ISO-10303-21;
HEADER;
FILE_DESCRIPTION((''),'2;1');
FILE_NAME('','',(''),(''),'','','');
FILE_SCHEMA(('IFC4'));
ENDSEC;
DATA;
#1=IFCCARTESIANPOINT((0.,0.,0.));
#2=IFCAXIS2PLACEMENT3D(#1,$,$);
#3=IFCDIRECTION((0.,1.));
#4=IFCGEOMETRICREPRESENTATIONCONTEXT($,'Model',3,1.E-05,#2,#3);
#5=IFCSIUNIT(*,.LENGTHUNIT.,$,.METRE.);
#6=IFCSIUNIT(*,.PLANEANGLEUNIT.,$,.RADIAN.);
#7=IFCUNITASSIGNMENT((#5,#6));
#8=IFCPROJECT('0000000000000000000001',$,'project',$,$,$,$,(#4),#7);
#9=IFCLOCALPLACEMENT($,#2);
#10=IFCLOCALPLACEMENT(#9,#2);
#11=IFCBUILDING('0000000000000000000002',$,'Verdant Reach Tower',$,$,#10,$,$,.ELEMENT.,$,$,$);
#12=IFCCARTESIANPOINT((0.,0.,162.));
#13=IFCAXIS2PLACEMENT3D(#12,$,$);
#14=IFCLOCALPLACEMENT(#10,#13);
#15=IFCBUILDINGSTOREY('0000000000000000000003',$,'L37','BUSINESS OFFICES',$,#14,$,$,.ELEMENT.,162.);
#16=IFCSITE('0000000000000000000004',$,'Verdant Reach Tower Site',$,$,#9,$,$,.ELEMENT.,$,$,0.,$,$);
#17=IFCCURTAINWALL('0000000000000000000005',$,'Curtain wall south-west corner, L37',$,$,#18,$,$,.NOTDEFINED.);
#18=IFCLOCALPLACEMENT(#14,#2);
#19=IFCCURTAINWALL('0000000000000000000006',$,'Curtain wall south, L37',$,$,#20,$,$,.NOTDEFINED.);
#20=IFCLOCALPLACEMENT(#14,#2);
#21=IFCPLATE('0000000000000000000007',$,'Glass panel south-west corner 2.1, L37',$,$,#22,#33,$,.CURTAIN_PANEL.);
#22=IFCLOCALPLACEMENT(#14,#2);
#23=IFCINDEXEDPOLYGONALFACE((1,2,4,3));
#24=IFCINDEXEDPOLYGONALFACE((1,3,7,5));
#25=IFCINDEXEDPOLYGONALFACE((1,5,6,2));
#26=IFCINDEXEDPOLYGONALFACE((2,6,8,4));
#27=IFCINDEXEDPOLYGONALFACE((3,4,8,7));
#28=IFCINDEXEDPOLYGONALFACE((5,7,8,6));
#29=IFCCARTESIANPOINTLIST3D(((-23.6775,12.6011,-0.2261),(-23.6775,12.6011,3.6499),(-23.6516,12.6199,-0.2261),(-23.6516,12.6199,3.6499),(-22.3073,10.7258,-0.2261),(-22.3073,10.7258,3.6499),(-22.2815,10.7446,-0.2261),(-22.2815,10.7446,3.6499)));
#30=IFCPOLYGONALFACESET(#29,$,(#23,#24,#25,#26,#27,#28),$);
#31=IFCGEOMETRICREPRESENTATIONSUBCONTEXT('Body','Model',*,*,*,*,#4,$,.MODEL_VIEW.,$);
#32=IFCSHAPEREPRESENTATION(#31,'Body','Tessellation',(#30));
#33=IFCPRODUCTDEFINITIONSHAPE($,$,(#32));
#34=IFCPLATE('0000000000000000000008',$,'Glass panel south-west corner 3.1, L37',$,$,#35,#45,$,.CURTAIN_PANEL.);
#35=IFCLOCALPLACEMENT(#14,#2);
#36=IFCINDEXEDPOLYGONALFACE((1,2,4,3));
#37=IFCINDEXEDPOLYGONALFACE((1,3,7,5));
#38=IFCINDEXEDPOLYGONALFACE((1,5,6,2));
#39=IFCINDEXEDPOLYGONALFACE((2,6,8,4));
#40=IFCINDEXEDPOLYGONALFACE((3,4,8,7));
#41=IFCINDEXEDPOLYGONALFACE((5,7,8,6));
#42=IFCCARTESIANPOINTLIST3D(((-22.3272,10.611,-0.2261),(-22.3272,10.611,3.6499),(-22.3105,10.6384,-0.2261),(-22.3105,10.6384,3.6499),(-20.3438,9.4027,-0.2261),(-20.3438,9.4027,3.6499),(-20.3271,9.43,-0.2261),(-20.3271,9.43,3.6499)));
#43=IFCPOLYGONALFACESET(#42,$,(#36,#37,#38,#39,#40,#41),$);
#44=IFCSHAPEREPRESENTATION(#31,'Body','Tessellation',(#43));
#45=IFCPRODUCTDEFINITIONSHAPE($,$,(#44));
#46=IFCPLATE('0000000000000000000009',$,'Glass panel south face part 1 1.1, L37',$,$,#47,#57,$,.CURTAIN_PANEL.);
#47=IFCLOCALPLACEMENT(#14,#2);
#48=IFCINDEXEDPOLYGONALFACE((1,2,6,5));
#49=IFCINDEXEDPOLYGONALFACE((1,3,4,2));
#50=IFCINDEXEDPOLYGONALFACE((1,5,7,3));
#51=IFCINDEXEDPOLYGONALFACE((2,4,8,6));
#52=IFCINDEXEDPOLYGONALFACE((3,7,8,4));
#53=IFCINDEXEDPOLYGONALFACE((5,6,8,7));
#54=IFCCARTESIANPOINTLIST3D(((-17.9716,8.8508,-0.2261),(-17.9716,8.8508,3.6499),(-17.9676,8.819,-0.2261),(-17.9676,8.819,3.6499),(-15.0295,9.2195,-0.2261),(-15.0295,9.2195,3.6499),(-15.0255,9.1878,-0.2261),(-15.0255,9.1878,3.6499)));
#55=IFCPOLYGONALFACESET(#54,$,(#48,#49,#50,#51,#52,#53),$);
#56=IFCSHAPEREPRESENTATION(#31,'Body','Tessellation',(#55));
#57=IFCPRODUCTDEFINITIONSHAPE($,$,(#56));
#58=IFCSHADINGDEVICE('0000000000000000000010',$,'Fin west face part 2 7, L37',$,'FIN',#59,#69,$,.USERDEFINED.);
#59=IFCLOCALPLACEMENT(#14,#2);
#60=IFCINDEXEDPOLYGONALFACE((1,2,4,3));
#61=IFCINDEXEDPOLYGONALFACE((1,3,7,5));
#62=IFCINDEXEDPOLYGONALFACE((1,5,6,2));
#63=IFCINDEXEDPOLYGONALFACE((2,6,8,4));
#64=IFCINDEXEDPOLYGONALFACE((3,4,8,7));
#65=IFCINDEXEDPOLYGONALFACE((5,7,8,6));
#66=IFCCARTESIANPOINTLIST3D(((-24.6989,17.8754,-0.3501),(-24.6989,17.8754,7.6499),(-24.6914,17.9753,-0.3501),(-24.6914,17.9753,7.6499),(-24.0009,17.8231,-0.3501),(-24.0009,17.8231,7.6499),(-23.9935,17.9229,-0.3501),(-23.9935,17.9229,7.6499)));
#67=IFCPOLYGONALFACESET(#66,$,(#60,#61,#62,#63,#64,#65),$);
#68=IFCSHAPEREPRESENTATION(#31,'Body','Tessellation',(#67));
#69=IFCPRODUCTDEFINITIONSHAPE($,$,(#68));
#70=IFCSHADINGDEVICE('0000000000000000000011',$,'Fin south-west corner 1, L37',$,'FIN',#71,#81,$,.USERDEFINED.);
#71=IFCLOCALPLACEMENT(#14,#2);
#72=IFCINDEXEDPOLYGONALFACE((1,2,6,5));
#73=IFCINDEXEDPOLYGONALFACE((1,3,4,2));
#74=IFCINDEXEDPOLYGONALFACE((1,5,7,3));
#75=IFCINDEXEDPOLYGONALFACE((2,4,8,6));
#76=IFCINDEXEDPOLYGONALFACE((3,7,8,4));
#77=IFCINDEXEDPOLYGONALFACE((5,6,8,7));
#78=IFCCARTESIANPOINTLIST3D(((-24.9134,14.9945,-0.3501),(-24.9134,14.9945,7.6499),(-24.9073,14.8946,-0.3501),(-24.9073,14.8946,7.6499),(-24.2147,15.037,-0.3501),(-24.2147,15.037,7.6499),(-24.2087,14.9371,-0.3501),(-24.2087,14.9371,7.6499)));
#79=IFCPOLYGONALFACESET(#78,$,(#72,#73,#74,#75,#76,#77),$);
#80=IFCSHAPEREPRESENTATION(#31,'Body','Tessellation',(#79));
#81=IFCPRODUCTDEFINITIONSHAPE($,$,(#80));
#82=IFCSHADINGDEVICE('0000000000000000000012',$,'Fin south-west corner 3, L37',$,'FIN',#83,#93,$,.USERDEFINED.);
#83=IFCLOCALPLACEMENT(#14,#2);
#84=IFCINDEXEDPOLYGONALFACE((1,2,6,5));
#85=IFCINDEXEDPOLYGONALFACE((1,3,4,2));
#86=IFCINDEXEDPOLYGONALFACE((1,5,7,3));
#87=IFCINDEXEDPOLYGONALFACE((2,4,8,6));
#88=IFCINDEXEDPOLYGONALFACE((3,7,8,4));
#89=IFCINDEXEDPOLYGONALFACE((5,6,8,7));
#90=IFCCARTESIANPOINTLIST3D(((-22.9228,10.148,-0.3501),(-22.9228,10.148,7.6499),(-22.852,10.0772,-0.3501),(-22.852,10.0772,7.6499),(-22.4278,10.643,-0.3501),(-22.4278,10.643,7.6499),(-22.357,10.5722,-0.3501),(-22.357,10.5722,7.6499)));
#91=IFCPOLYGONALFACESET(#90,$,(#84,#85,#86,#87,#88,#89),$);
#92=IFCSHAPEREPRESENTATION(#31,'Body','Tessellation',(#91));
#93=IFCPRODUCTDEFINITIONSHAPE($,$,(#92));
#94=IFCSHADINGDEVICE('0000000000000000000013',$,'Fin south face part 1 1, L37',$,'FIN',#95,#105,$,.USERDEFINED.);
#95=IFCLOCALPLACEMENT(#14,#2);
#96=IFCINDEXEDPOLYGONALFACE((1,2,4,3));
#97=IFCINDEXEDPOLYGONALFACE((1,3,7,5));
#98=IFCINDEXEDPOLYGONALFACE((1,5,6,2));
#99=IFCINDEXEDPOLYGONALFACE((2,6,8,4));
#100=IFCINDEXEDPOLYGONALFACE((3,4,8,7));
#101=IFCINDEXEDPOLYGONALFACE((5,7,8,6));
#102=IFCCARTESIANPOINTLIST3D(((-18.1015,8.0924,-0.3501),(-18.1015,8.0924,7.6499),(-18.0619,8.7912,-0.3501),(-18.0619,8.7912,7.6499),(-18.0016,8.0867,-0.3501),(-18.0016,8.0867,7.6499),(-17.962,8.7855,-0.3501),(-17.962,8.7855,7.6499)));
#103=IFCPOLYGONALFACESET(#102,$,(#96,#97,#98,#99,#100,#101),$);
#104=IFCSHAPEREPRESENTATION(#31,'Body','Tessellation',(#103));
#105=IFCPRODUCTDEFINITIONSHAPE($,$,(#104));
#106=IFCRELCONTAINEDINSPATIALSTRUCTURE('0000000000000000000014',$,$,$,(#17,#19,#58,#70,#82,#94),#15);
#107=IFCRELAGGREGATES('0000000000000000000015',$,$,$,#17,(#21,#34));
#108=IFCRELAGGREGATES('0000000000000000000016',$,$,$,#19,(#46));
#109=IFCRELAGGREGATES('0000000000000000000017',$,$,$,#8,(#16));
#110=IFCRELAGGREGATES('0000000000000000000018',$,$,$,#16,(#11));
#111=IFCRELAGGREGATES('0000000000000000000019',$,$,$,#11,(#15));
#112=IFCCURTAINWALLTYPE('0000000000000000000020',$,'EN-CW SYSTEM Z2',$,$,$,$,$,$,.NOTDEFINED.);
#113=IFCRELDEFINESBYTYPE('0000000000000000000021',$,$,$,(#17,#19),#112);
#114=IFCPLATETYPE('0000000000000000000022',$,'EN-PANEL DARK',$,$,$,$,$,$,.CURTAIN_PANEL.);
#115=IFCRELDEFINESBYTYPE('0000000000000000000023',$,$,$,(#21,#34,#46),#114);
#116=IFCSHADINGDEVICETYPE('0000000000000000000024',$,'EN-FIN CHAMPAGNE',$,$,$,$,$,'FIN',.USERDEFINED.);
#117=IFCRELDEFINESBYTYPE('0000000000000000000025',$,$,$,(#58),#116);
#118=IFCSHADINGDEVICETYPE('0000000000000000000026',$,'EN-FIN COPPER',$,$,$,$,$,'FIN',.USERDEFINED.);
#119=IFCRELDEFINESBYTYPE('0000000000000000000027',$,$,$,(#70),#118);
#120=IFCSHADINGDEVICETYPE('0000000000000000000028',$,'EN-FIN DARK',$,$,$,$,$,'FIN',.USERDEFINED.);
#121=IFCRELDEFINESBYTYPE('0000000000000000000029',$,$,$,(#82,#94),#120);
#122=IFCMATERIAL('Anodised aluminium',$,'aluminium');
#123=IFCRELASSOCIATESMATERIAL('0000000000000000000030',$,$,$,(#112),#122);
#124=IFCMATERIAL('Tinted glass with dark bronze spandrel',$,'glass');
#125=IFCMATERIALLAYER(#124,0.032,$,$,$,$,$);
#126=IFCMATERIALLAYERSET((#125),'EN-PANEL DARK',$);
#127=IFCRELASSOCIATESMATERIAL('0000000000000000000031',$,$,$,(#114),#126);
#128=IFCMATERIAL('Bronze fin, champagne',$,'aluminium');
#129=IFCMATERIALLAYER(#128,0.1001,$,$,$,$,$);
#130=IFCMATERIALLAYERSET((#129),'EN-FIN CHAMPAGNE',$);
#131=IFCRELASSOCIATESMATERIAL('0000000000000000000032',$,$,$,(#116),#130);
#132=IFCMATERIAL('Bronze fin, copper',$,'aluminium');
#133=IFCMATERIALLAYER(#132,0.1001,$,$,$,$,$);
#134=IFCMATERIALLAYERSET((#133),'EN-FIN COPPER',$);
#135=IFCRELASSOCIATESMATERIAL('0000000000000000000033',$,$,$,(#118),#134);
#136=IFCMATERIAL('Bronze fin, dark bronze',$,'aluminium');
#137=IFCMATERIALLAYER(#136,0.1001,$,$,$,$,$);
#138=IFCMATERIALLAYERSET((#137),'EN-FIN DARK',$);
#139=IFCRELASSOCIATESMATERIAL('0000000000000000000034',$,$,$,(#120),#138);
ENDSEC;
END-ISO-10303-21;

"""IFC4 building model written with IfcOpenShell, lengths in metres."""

from ifc_helpers import new_model, si_unit, direction, frame, origin, origin_2d, place, context, subcontext, project, spatial, rectangle, extrude, material, layer, layer_set, type_object, element, aggregate, save


model = new_model("IFC4")

# Units and contexts
model_context = context("Model", 3, precision=1e-05, world=origin(), true_north=direction((0.0, 1.0)))
body_context = subcontext(model_context, "Body", "Model", "MODEL_VIEW")
ifc_project = project(units=[si_unit("LENGTHUNIT", "METRE"), si_unit("PLANEANGLEUNIT", "RADIAN")], contexts=[model_context])

# Site, building, storey
site_placement = place(None, origin())
site = spatial("IfcSite", under=ifc_project, at=site_placement, Name="Verdant Reach Tower Site", CompositionType="ELEMENT", RefElevation=0.0)
building_placement = place(site_placement, origin())
building = spatial("IfcBuilding", under=site, at=building_placement, Name="Verdant Reach Tower", CompositionType="ELEMENT")
storey_placement = place(building_placement, frame((0.0, 0.0, 162.0)))
storey = spatial("IfcBuildingStorey", under=building, at=storey_placement, Name="L37", Description="BUSINESS OFFICES", CompositionType="ELEMENT", Elevation=162.0)

# Shared definitions
ifc_material_1 = material(Name="Anodised aluminium", Category="aluminium")
curtain_wall_type = type_object("IfcCurtainWallType", Name="EN-CW SYSTEM Z2", PredefinedType="NOTDEFINED", material=ifc_material_1)

# Curtain walls
curtain_wall_1_placement = place(storey_placement, origin())
curtain_wall_1 = element("IfcCurtainWall", 1, at=curtain_wall_1_placement, inside=storey, type_object=curtain_wall_type, Name="Curtain wall south-west corner, L37", PredefinedType="NOTDEFINED")
curtain_wall_2_placement = place(storey_placement, origin())
curtain_wall_2 = element("IfcCurtainWall", 2, at=curtain_wall_2_placement, inside=storey, type_object=curtain_wall_type, Name="Curtain wall south, L37", PredefinedType="NOTDEFINED")

# Plates
ifc_material_2 = material(Name="Tinted glass with dark bronze spandrel", Category="glass")
ifc_layer_1 = layer(ifc_material_2, 0.032)
ifc_layer_set_1 = layer_set([ifc_layer_1], Name="EN-PANEL DARK")
plate_type_1 = type_object("IfcPlateType", Name="EN-PANEL DARK", PredefinedType="CURTAIN_PANEL", material=ifc_layer_set_1)
plate_1_placement = place(storey_placement, frame((-22.9795, 11.6729, -0.2261), z_axis=(0.0, 0.0, 1.0), x_axis=(0.589927, -0.807457, 0.0)))
plate_1 = element("IfcPlate", 3, at=plate_1_placement, type_object=plate_type_1, Name="Glass panel south-west corner 2.1, L37", PredefinedType="CURTAIN_PANEL", context=body_context, shape_type="SweptSolid", body=[
    extrude(rectangle(XDim=2.3225, YDim=0.032, at=origin_2d()), origin(), (0.0, 0.0, 1.0), 3.876),
])
plate_2_placement = place(storey_placement, frame((-21.3271, 10.0205, -0.2261), z_axis=(0.0, 0.0, 1.0), x_axis=(0.853989, -0.520292, 0.0)))
plate_2 = element("IfcPlate", 4, at=plate_2_placement, type_object=plate_type_1, Name="Glass panel south-west corner 3.1, L37", PredefinedType="CURTAIN_PANEL", context=body_context, shape_type="SweptSolid", body=[
    extrude(rectangle(XDim=2.3225, YDim=0.032, at=origin_2d()), origin(), (0.0, 0.0, 1.0), 3.876),
])
aggregate(curtain_wall_1, [plate_1, plate_2])
plate_3_placement = place(storey_placement, frame((-16.4985, 9.0193, -0.2261), z_axis=(0.0, 0.0, 1.0), x_axis=(0.992237, 0.124365, 0.0)))
plate_3 = element("IfcPlate", 5, at=plate_3_placement, type_object=plate_type_1, Name="Glass panel south face part 1 1.1, L37", PredefinedType="CURTAIN_PANEL", context=body_context, shape_type="SweptSolid", body=[
    extrude(rectangle(XDim=2.9651, YDim=0.032, at=origin_2d()), origin(), (0.0, 0.0, 1.0), 3.876),
])
aggregate(curtain_wall_2, [plate_3])

# Shading devices
ifc_material_3 = material(Name="Bronze fin, champagne", Category="aluminium")
ifc_layer_2 = layer(ifc_material_3, 0.1001)
ifc_layer_set_2 = layer_set([ifc_layer_2], Name="EN-FIN CHAMPAGNE")
shading_device_type_1 = type_object("IfcShadingDeviceType", Name="EN-FIN CHAMPAGNE", ElementType="FIN", PredefinedType="USERDEFINED", material=ifc_layer_set_2)
shading_device_1_placement = place(storey_placement, frame((-24.3462, 17.8992, -0.3501), z_axis=(0.0, 0.0, 1.0), x_axis=(-0.07479, -0.997199, 0.0)))
element("IfcShadingDevice", 6, at=shading_device_1_placement, inside=storey, type_object=shading_device_type_1, Name="Fin west face part 2 7, L37", ObjectType="FIN", PredefinedType="USERDEFINED", context=body_context, shape_type="SweptSolid", body=[
    extrude(rectangle(XDim=0.1001, YDim=0.7, at=origin_2d()), origin(), (0.0, 0.0, 1.0), 8.0),
])
ifc_material_4 = material(Name="Bronze fin, copper", Category="aluminium")
ifc_layer_3 = layer(ifc_material_4, 0.1001)
ifc_layer_set_3 = layer_set([ifc_layer_3], Name="EN-FIN COPPER")
shading_device_type_2 = type_object("IfcShadingDeviceType", Name="EN-FIN COPPER", ElementType="FIN", PredefinedType="USERDEFINED", material=ifc_layer_set_3)
shading_device_2_placement = place(storey_placement, frame((-24.561, 14.9658, -0.3501), z_axis=(0.0, 0.0, 1.0), x_axis=(0.060703, -0.998156, 0.0)))
element("IfcShadingDevice", 7, at=shading_device_2_placement, inside=storey, type_object=shading_device_type_2, Name="Fin south-west corner 1, L37", ObjectType="FIN", PredefinedType="USERDEFINED", context=body_context, shape_type="SweptSolid", body=[
    extrude(rectangle(XDim=0.1001, YDim=0.7, at=origin_2d()), origin(), (0.0, 0.0, 1.0), 8.0),
])
ifc_material_5 = material(Name="Bronze fin, dark bronze", Category="aluminium")
ifc_layer_4 = layer(ifc_material_5, 0.1001)
ifc_layer_set_4 = layer_set([ifc_layer_4], Name="EN-FIN DARK")
shading_device_type_3 = type_object("IfcShadingDeviceType", Name="EN-FIN DARK", ElementType="FIN", PredefinedType="USERDEFINED", material=ifc_layer_set_4)
for number, where, z_axis, x_axis, name in (
    (8, (-22.6399, 10.3601, -0.3501), (0.0, 0.0, 1.0), (0.707107, -0.707107, 0.0), "Fin south-west corner 3, L37"),
    (9, (-18.0317, 8.439, -0.3501), (0.0, 0.0, 1.0), (0.998399, -0.056569, 0.0), "Fin south face part 1 1, L37"),
):
    element("IfcShadingDevice", number, at=place(storey_placement, frame(where, z_axis=z_axis, x_axis=x_axis)), inside=storey, type_object=shading_device_type_3, Name=name, ObjectType="FIN", PredefinedType="USERDEFINED", context=body_context, shape_type="SweptSolid", body=[
        extrude(rectangle(XDim=0.1001, YDim=0.7, at=origin_2d()), origin(), (0.0, 0.0, 1.0), 8.0),
    ])

save(model, "model.ifc")
